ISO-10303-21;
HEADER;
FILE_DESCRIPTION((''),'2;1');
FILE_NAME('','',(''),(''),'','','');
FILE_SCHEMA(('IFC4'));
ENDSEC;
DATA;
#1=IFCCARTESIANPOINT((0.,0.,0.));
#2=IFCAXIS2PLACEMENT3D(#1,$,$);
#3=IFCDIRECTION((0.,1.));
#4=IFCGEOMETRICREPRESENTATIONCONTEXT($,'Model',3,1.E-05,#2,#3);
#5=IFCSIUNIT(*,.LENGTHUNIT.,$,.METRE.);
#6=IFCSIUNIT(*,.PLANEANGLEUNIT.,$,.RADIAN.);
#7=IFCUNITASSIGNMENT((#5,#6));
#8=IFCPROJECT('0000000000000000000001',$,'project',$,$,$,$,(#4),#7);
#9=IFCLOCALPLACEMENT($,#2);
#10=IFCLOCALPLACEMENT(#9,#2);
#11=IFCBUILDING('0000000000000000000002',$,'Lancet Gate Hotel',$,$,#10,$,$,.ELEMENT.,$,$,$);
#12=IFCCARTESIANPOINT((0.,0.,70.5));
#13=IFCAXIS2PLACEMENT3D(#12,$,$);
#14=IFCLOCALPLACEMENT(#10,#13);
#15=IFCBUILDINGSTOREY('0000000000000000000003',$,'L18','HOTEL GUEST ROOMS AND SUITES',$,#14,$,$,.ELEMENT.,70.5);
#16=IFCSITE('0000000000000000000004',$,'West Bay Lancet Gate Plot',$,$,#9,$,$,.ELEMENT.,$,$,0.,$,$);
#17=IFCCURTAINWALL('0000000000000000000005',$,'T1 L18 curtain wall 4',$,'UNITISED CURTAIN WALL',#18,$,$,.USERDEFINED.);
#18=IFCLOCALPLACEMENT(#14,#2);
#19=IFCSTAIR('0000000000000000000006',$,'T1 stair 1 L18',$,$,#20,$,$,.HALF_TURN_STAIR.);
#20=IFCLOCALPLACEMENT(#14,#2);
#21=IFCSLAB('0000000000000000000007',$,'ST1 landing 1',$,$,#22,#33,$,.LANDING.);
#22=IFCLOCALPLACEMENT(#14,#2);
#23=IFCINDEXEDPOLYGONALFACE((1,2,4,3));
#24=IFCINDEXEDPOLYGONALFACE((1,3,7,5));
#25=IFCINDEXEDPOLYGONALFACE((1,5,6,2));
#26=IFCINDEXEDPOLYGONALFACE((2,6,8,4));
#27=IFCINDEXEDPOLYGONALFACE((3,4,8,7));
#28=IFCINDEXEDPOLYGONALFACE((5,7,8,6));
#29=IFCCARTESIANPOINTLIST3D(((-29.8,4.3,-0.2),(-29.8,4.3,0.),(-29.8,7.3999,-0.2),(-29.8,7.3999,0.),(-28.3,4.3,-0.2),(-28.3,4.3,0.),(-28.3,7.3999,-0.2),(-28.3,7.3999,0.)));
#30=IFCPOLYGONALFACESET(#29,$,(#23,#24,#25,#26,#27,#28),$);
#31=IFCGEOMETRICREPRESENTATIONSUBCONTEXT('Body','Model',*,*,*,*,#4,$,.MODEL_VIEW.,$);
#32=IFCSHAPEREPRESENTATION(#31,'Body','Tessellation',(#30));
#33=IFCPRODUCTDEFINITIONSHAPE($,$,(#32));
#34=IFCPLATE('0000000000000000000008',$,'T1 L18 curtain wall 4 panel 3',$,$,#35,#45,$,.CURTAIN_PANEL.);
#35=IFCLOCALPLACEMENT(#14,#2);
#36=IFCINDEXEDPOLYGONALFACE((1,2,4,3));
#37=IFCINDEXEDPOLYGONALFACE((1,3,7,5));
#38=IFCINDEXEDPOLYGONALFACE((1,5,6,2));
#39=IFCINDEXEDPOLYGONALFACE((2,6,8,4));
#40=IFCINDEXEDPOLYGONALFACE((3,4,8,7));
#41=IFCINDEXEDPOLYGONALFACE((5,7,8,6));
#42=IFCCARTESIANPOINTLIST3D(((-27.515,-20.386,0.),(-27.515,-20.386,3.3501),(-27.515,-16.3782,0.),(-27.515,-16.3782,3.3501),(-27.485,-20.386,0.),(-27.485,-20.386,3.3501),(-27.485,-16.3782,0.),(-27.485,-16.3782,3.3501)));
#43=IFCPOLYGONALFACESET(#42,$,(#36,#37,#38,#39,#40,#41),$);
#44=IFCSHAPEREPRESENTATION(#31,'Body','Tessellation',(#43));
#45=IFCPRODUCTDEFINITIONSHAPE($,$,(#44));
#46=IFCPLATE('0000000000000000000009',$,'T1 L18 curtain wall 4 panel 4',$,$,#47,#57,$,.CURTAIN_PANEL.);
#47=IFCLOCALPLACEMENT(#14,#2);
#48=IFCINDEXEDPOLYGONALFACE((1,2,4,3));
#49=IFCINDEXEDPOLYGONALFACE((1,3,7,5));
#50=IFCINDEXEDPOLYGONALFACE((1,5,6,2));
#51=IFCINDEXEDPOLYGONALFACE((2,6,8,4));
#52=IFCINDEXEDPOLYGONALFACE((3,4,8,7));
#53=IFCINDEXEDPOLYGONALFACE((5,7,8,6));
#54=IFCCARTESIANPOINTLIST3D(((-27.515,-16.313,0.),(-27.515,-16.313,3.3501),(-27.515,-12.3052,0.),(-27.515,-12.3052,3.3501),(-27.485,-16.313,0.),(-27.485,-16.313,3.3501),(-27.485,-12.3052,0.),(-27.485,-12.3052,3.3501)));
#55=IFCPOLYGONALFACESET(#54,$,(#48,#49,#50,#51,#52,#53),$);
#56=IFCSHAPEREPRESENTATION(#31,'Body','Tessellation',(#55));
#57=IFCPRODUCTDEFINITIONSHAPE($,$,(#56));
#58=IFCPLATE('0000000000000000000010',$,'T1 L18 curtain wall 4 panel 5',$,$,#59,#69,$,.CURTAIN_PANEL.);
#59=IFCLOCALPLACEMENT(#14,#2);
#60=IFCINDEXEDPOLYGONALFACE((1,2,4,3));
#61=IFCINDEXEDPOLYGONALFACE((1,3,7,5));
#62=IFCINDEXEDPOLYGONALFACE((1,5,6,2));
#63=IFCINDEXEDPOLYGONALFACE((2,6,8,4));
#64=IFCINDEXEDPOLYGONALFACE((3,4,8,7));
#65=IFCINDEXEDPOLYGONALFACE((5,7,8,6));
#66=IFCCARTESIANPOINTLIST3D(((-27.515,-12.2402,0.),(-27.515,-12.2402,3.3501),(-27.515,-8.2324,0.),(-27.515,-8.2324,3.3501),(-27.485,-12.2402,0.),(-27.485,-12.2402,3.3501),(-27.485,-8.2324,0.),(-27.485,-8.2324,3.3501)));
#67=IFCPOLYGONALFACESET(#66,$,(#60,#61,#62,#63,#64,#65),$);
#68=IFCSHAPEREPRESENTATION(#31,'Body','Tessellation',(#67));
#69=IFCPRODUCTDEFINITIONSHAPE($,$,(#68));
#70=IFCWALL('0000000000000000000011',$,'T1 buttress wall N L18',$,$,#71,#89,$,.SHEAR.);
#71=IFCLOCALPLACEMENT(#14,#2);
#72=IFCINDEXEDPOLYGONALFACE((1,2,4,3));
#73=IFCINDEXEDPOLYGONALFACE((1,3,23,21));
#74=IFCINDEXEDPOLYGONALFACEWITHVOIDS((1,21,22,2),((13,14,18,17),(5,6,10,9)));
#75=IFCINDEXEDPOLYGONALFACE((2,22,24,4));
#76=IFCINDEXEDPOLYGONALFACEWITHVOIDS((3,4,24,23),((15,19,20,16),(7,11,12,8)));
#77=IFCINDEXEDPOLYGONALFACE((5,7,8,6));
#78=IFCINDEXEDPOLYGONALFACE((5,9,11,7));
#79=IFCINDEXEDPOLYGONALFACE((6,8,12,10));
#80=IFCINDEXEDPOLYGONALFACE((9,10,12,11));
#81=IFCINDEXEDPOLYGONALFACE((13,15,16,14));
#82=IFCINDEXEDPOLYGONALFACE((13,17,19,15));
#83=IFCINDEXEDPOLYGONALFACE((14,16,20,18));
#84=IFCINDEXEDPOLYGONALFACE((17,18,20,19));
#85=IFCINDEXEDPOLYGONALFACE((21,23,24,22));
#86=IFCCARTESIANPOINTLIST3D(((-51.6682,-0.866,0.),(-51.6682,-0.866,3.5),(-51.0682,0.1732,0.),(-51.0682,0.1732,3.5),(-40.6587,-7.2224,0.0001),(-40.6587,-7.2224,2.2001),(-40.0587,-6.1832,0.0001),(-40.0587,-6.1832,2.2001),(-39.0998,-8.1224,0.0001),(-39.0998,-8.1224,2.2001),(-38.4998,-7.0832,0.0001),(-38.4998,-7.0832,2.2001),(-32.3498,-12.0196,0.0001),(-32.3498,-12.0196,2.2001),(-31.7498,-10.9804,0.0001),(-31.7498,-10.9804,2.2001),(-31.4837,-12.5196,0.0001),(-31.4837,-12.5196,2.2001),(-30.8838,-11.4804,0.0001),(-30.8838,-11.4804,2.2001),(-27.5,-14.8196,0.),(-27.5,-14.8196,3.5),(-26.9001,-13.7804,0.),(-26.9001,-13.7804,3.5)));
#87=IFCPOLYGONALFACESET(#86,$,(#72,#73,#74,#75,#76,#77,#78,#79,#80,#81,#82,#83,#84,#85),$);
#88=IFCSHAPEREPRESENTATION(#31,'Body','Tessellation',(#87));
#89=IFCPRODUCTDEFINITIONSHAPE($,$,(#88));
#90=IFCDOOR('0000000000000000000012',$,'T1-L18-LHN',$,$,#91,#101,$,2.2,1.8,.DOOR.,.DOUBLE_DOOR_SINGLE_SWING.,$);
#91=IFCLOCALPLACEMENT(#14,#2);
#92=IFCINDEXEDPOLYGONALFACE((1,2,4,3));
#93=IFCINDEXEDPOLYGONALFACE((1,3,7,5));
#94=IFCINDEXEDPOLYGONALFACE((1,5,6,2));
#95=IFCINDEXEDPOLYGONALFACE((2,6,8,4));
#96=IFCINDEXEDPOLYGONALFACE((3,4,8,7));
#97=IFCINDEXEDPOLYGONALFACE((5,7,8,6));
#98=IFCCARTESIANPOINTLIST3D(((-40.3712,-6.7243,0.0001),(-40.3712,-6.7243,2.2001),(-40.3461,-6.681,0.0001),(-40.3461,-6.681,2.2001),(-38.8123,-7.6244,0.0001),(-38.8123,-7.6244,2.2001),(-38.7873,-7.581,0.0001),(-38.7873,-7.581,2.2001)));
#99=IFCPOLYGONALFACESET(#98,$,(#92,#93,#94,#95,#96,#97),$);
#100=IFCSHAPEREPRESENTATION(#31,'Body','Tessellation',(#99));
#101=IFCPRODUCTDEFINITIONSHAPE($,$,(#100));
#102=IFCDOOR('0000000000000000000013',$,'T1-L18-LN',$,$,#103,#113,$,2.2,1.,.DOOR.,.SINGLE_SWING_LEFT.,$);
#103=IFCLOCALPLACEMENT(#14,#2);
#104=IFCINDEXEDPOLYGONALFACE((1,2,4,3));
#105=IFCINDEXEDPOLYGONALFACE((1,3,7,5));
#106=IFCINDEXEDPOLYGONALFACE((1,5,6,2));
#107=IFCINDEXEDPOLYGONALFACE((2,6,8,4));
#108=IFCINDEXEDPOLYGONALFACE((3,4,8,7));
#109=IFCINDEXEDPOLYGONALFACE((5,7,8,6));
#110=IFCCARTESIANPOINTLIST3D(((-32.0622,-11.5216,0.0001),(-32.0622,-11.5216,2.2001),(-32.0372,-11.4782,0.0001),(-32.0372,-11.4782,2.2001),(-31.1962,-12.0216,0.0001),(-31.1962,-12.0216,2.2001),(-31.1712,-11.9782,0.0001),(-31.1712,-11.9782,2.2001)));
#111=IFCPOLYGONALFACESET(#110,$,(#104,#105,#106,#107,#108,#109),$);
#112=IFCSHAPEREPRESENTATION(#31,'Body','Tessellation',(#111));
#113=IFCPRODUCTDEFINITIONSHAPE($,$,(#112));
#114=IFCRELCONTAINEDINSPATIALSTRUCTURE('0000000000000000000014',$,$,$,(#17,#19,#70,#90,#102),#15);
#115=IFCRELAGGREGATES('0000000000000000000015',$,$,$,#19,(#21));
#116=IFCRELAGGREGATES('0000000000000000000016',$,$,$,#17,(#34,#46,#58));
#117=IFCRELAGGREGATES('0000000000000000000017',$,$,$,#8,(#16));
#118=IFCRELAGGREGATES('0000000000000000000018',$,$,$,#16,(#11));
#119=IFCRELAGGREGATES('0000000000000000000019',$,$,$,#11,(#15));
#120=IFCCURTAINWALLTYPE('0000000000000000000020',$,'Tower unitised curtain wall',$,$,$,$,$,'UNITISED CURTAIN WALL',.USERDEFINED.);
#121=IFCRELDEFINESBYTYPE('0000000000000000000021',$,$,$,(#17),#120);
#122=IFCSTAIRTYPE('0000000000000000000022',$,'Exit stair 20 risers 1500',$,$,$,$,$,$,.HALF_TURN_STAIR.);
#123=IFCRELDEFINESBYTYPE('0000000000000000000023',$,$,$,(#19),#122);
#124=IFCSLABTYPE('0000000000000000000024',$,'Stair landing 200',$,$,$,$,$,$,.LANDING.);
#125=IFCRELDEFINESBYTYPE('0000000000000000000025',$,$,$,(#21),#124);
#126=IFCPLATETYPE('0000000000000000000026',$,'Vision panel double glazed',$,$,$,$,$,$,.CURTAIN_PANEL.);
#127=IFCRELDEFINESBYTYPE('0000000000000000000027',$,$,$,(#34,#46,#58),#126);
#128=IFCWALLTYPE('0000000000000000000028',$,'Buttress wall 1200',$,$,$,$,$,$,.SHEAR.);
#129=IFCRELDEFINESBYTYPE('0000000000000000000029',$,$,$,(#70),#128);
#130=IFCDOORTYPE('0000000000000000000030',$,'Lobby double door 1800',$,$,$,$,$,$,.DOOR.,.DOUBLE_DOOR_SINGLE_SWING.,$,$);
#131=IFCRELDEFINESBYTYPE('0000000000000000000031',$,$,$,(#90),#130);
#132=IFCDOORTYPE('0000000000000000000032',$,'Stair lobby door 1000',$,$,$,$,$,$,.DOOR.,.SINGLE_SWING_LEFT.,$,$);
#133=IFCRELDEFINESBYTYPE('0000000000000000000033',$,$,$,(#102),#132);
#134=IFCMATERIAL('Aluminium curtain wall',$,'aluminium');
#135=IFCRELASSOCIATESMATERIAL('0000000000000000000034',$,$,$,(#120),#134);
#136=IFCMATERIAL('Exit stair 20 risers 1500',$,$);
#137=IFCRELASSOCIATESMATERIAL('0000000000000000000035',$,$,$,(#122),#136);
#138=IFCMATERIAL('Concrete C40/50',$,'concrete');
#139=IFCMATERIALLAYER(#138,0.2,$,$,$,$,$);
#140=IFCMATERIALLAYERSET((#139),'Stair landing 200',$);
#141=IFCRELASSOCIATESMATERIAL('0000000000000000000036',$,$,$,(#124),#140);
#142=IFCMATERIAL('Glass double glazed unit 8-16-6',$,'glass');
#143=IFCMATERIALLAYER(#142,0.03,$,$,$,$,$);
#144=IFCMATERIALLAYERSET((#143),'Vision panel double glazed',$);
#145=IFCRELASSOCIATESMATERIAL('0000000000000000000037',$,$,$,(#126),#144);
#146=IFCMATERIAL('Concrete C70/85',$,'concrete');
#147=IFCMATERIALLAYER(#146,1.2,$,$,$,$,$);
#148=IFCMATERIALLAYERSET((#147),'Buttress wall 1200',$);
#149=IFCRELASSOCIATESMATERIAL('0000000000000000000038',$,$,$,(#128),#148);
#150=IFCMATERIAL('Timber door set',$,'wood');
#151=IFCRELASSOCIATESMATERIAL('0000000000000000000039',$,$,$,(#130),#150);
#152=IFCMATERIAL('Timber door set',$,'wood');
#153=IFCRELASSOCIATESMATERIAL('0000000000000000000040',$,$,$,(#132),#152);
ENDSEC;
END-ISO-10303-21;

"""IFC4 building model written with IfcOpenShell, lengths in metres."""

from ifc_helpers import new_model, si_unit, direction, frame, frame_2d, origin, origin_2d, place, context, subcontext, project, spatial, polyline, rectangle, outline, extrude, material, layer, layer_set, type_object, element, fill, aggregate, save


model = new_model("IFC4")

# Units and contexts
model_context = context("Model", 3, precision=1e-05, world=origin(), true_north=direction((0.0, 1.0)))
body_context = subcontext(model_context, "Body", "Model", "MODEL_VIEW")
ifc_project = project(units=[si_unit("LENGTHUNIT", "METRE"), si_unit("PLANEANGLEUNIT", "RADIAN")], contexts=[model_context])

# Site, building, storey
site_placement = place(None, origin())
site = spatial("IfcSite", under=ifc_project, at=site_placement, Name="West Bay Lancet Gate Plot", CompositionType="ELEMENT", RefElevation=0.0)
building_placement = place(site_placement, origin())
building = spatial("IfcBuilding", under=site, at=building_placement, Name="Lancet Gate Hotel", CompositionType="ELEMENT")
storey_placement = place(building_placement, frame((0.0, 0.0, 70.5)))
storey = spatial("IfcBuildingStorey", under=building, at=storey_placement, Name="L18", Description="HOTEL GUEST ROOMS AND SUITES", CompositionType="ELEMENT", Elevation=70.5)

# Curtain wall
ifc_material_1 = material(Name="Aluminium curtain wall", Category="aluminium")
curtain_wall_type = type_object("IfcCurtainWallType", Name="Tower unitised curtain wall", ElementType="UNITISED CURTAIN WALL", PredefinedType="USERDEFINED", material=ifc_material_1)
curtain_wall_placement = place(storey_placement, origin())
curtain_wall = element("IfcCurtainWall", 1, at=curtain_wall_placement, inside=storey, type_object=curtain_wall_type, Name="T1 L18 curtain wall 4", ObjectType="UNITISED CURTAIN WALL", PredefinedType="USERDEFINED")

# Stair, slab
ifc_material_2 = material(Name="Exit stair 20 risers 1500")
stair_type = type_object("IfcStairType", Name="Exit stair 20 risers 1500", PredefinedType="HALF_TURN_STAIR", material=ifc_material_2)
stair_placement = place(storey_placement, origin())
stair = element("IfcStair", 2, at=stair_placement, inside=storey, type_object=stair_type, Name="T1 stair 1 L18", PredefinedType="HALF_TURN_STAIR")
ifc_material_3 = material(Name="Concrete C40/50", Category="concrete")
ifc_layer_1 = layer(ifc_material_3, 0.2)
ifc_layer_set_1 = layer_set([ifc_layer_1], Name="Stair landing 200")
slab_type_1 = type_object("IfcSlabType", Name="Stair landing 200", PredefinedType="LANDING", material=ifc_layer_set_1)
slab_1_placement = place(storey_placement, frame((0.0, 0.0, -0.2)))
slab_1 = element("IfcSlab", 3, at=slab_1_placement, type_object=slab_type_1, Name="ST1 landing 1", PredefinedType="LANDING", context=body_context, shape_type="SweptSolid", body=[
    extrude(outline(polyline([(-28.3, 7.3999), (-29.8, 7.3999), (-29.8, 4.3), (-28.3, 4.3), (-28.3, 7.3999)])), origin(), (0.0, 0.0, 1.0), 0.2),
])
aggregate(stair, [slab_1])

# Plates
ifc_material_4 = material(Name="Glass double glazed unit 8-16-6", Category="glass")
ifc_layer_2 = layer(ifc_material_4, 0.03)
ifc_layer_set_2 = layer_set([ifc_layer_2], Name="Vision panel double glazed")
plate_type = type_object("IfcPlateType", Name="Vision panel double glazed", PredefinedType="CURTAIN_PANEL", material=ifc_layer_set_2)
plate_1_placement = place(storey_placement, frame((-27.5, -18.3821, 0.0), z_axis=(0.0, 0.0, 1.0), x_axis=(0.0, 1.0, 0.0)))
plate_1 = element("IfcPlate", 4, at=plate_1_placement, type_object=plate_type, Name="T1 L18 curtain wall 4 panel 3", PredefinedType="CURTAIN_PANEL", context=body_context, shape_type="SweptSolid", body=[
    extrude(rectangle(XDim=4.0078, YDim=0.03, at=origin_2d()), origin(), (0.0, 0.0, 1.0), 3.3501),
])
plate_2_placement = place(storey_placement, frame((-27.5, -14.3091, 0.0), z_axis=(0.0, 0.0, 1.0), x_axis=(0.0, 1.0, 0.0)))
plate_2 = element("IfcPlate", 5, at=plate_2_placement, type_object=plate_type, Name="T1 L18 curtain wall 4 panel 4", PredefinedType="CURTAIN_PANEL", context=body_context, shape_type="SweptSolid", body=[
    extrude(rectangle(XDim=4.0078, YDim=0.03, at=origin_2d()), origin(), (0.0, 0.0, 1.0), 3.3501),
])
plate_3_placement = place(storey_placement, frame((-27.5, -10.2363, 0.0), z_axis=(0.0, 0.0, 1.0), x_axis=(0.0, 1.0, 0.0)))
plate_3 = element("IfcPlate", 6, at=plate_3_placement, type_object=plate_type, Name="T1 L18 curtain wall 4 panel 5", PredefinedType="CURTAIN_PANEL", context=body_context, shape_type="SweptSolid", body=[
    extrude(rectangle(XDim=4.0078, YDim=0.03, at=origin_2d()), origin(), (0.0, 0.0, 1.0), 3.3501),
])
aggregate(curtain_wall, [plate_1, plate_2, plate_3])

# Wall, openings, doors
ifc_material_5 = material(Name="Concrete C70/85", Category="concrete")
ifc_layer_3 = layer(ifc_material_5, 1.2)
ifc_layer_set_3 = layer_set([ifc_layer_3], Name="Buttress wall 1200")
wall_type = type_object("IfcWallType", Name="Buttress wall 1200", PredefinedType="SHEAR", material=ifc_layer_set_3)
wall_placement = place(storey_placement, frame((-27.2, -14.3, 0.0), z_axis=(0.0, 0.0, 1.0), x_axis=(-0.866024, 0.500002, 0.0)))
wall = element("IfcWall", 7, at=wall_placement, inside=storey, type_object=wall_type, Name="T1 buttress wall N L18", PredefinedType="SHEAR", context=body_context, shape_type="SweptSolid", body=[
    extrude(rectangle(XDim=27.907, YDim=1.2, at=frame_2d((13.9536, 0.0))), origin(), (0.0, 0.0, 1.0), 3.5),
])
opening_1_placement = place(wall_placement, frame((4.6001, 0.0, 0.0)))
opening_1 = element("IfcOpeningElement", 8, at=opening_1_placement, cuts=wall, PredefinedType="OPENING", context=body_context, shape_type="SweptSolid", body=[
    extrude(rectangle(XDim=1.0, YDim=2.2, at=frame_2d((0.5, 1.1001))), frame((0.0, 0.6099, 0.0), z_axis=(0.0, -1.0, 0.0), x_axis=(1.0, 0.0, 0.0)), (0.0, 0.0, 1.0), 1.22),
])
opening_2_placement = place(wall_placement, frame((13.3945, 0.0, 0.0)))
opening_2 = element("IfcOpeningElement", 9, at=opening_2_placement, cuts=wall, PredefinedType="OPENING", context=body_context, shape_type="SweptSolid", body=[
    extrude(rectangle(XDim=1.8, YDim=2.2, at=frame_2d((0.8999, 1.1001))), frame((0.0, 0.6099, 0.0), z_axis=(0.0, -1.0, 0.0), x_axis=(1.0, 0.0, 0.0)), (0.0, 0.0, 1.0), 1.22),
])
ifc_material_6 = material(Name="Timber door set", Category="wood")
door_type_1 = type_object("IfcDoorType", Name="Lobby double door 1800", OperationType="DOUBLE_DOOR_SINGLE_SWING", PredefinedType="DOOR", material=ifc_material_6)
door_1_placement = place(opening_2_placement, origin())
door_1 = element("IfcDoor", 10, at=door_1_placement, inside=storey, type_object=door_type_1, Name="T1-L18-LHN", OperationType="DOUBLE_DOOR_SINGLE_SWING", OverallHeight=2.2, OverallWidth=1.8, PredefinedType="DOOR", context=body_context, shape_type="SweptSolid", body=[
    extrude(rectangle(XDim=1.8, YDim=2.2, at=frame_2d((0.8999, 1.1001))), frame((0.0, 0.0249, 0.0), z_axis=(0.0, -1.0, 0.0), x_axis=(1.0, 0.0, 0.0)), (0.0, 0.0, 1.0), 0.05),
])
fill(opening_2, door_1)
ifc_material_7 = material(Name="Timber door set", Category="wood")
door_type_2 = type_object("IfcDoorType", Name="Stair lobby door 1000", OperationType="SINGLE_SWING_LEFT", PredefinedType="DOOR", material=ifc_material_7)
door_2_placement = place(opening_1_placement, origin())
door_2 = element("IfcDoor", 11, at=door_2_placement, inside=storey, type_object=door_type_2, Name="T1-L18-LN", OperationType="SINGLE_SWING_LEFT", OverallHeight=2.2, OverallWidth=1.0, PredefinedType="DOOR", context=body_context, shape_type="SweptSolid", body=[
    extrude(rectangle(XDim=1.0, YDim=2.2, at=frame_2d((0.5, 1.1001))), frame((0.0, 0.0249, 0.0), z_axis=(0.0, -1.0, 0.0), x_axis=(1.0, 0.0, 0.0)), (0.0, 0.0, 1.0), 0.05),
])
fill(opening_1, door_2)

save(model, "model.ifc")
